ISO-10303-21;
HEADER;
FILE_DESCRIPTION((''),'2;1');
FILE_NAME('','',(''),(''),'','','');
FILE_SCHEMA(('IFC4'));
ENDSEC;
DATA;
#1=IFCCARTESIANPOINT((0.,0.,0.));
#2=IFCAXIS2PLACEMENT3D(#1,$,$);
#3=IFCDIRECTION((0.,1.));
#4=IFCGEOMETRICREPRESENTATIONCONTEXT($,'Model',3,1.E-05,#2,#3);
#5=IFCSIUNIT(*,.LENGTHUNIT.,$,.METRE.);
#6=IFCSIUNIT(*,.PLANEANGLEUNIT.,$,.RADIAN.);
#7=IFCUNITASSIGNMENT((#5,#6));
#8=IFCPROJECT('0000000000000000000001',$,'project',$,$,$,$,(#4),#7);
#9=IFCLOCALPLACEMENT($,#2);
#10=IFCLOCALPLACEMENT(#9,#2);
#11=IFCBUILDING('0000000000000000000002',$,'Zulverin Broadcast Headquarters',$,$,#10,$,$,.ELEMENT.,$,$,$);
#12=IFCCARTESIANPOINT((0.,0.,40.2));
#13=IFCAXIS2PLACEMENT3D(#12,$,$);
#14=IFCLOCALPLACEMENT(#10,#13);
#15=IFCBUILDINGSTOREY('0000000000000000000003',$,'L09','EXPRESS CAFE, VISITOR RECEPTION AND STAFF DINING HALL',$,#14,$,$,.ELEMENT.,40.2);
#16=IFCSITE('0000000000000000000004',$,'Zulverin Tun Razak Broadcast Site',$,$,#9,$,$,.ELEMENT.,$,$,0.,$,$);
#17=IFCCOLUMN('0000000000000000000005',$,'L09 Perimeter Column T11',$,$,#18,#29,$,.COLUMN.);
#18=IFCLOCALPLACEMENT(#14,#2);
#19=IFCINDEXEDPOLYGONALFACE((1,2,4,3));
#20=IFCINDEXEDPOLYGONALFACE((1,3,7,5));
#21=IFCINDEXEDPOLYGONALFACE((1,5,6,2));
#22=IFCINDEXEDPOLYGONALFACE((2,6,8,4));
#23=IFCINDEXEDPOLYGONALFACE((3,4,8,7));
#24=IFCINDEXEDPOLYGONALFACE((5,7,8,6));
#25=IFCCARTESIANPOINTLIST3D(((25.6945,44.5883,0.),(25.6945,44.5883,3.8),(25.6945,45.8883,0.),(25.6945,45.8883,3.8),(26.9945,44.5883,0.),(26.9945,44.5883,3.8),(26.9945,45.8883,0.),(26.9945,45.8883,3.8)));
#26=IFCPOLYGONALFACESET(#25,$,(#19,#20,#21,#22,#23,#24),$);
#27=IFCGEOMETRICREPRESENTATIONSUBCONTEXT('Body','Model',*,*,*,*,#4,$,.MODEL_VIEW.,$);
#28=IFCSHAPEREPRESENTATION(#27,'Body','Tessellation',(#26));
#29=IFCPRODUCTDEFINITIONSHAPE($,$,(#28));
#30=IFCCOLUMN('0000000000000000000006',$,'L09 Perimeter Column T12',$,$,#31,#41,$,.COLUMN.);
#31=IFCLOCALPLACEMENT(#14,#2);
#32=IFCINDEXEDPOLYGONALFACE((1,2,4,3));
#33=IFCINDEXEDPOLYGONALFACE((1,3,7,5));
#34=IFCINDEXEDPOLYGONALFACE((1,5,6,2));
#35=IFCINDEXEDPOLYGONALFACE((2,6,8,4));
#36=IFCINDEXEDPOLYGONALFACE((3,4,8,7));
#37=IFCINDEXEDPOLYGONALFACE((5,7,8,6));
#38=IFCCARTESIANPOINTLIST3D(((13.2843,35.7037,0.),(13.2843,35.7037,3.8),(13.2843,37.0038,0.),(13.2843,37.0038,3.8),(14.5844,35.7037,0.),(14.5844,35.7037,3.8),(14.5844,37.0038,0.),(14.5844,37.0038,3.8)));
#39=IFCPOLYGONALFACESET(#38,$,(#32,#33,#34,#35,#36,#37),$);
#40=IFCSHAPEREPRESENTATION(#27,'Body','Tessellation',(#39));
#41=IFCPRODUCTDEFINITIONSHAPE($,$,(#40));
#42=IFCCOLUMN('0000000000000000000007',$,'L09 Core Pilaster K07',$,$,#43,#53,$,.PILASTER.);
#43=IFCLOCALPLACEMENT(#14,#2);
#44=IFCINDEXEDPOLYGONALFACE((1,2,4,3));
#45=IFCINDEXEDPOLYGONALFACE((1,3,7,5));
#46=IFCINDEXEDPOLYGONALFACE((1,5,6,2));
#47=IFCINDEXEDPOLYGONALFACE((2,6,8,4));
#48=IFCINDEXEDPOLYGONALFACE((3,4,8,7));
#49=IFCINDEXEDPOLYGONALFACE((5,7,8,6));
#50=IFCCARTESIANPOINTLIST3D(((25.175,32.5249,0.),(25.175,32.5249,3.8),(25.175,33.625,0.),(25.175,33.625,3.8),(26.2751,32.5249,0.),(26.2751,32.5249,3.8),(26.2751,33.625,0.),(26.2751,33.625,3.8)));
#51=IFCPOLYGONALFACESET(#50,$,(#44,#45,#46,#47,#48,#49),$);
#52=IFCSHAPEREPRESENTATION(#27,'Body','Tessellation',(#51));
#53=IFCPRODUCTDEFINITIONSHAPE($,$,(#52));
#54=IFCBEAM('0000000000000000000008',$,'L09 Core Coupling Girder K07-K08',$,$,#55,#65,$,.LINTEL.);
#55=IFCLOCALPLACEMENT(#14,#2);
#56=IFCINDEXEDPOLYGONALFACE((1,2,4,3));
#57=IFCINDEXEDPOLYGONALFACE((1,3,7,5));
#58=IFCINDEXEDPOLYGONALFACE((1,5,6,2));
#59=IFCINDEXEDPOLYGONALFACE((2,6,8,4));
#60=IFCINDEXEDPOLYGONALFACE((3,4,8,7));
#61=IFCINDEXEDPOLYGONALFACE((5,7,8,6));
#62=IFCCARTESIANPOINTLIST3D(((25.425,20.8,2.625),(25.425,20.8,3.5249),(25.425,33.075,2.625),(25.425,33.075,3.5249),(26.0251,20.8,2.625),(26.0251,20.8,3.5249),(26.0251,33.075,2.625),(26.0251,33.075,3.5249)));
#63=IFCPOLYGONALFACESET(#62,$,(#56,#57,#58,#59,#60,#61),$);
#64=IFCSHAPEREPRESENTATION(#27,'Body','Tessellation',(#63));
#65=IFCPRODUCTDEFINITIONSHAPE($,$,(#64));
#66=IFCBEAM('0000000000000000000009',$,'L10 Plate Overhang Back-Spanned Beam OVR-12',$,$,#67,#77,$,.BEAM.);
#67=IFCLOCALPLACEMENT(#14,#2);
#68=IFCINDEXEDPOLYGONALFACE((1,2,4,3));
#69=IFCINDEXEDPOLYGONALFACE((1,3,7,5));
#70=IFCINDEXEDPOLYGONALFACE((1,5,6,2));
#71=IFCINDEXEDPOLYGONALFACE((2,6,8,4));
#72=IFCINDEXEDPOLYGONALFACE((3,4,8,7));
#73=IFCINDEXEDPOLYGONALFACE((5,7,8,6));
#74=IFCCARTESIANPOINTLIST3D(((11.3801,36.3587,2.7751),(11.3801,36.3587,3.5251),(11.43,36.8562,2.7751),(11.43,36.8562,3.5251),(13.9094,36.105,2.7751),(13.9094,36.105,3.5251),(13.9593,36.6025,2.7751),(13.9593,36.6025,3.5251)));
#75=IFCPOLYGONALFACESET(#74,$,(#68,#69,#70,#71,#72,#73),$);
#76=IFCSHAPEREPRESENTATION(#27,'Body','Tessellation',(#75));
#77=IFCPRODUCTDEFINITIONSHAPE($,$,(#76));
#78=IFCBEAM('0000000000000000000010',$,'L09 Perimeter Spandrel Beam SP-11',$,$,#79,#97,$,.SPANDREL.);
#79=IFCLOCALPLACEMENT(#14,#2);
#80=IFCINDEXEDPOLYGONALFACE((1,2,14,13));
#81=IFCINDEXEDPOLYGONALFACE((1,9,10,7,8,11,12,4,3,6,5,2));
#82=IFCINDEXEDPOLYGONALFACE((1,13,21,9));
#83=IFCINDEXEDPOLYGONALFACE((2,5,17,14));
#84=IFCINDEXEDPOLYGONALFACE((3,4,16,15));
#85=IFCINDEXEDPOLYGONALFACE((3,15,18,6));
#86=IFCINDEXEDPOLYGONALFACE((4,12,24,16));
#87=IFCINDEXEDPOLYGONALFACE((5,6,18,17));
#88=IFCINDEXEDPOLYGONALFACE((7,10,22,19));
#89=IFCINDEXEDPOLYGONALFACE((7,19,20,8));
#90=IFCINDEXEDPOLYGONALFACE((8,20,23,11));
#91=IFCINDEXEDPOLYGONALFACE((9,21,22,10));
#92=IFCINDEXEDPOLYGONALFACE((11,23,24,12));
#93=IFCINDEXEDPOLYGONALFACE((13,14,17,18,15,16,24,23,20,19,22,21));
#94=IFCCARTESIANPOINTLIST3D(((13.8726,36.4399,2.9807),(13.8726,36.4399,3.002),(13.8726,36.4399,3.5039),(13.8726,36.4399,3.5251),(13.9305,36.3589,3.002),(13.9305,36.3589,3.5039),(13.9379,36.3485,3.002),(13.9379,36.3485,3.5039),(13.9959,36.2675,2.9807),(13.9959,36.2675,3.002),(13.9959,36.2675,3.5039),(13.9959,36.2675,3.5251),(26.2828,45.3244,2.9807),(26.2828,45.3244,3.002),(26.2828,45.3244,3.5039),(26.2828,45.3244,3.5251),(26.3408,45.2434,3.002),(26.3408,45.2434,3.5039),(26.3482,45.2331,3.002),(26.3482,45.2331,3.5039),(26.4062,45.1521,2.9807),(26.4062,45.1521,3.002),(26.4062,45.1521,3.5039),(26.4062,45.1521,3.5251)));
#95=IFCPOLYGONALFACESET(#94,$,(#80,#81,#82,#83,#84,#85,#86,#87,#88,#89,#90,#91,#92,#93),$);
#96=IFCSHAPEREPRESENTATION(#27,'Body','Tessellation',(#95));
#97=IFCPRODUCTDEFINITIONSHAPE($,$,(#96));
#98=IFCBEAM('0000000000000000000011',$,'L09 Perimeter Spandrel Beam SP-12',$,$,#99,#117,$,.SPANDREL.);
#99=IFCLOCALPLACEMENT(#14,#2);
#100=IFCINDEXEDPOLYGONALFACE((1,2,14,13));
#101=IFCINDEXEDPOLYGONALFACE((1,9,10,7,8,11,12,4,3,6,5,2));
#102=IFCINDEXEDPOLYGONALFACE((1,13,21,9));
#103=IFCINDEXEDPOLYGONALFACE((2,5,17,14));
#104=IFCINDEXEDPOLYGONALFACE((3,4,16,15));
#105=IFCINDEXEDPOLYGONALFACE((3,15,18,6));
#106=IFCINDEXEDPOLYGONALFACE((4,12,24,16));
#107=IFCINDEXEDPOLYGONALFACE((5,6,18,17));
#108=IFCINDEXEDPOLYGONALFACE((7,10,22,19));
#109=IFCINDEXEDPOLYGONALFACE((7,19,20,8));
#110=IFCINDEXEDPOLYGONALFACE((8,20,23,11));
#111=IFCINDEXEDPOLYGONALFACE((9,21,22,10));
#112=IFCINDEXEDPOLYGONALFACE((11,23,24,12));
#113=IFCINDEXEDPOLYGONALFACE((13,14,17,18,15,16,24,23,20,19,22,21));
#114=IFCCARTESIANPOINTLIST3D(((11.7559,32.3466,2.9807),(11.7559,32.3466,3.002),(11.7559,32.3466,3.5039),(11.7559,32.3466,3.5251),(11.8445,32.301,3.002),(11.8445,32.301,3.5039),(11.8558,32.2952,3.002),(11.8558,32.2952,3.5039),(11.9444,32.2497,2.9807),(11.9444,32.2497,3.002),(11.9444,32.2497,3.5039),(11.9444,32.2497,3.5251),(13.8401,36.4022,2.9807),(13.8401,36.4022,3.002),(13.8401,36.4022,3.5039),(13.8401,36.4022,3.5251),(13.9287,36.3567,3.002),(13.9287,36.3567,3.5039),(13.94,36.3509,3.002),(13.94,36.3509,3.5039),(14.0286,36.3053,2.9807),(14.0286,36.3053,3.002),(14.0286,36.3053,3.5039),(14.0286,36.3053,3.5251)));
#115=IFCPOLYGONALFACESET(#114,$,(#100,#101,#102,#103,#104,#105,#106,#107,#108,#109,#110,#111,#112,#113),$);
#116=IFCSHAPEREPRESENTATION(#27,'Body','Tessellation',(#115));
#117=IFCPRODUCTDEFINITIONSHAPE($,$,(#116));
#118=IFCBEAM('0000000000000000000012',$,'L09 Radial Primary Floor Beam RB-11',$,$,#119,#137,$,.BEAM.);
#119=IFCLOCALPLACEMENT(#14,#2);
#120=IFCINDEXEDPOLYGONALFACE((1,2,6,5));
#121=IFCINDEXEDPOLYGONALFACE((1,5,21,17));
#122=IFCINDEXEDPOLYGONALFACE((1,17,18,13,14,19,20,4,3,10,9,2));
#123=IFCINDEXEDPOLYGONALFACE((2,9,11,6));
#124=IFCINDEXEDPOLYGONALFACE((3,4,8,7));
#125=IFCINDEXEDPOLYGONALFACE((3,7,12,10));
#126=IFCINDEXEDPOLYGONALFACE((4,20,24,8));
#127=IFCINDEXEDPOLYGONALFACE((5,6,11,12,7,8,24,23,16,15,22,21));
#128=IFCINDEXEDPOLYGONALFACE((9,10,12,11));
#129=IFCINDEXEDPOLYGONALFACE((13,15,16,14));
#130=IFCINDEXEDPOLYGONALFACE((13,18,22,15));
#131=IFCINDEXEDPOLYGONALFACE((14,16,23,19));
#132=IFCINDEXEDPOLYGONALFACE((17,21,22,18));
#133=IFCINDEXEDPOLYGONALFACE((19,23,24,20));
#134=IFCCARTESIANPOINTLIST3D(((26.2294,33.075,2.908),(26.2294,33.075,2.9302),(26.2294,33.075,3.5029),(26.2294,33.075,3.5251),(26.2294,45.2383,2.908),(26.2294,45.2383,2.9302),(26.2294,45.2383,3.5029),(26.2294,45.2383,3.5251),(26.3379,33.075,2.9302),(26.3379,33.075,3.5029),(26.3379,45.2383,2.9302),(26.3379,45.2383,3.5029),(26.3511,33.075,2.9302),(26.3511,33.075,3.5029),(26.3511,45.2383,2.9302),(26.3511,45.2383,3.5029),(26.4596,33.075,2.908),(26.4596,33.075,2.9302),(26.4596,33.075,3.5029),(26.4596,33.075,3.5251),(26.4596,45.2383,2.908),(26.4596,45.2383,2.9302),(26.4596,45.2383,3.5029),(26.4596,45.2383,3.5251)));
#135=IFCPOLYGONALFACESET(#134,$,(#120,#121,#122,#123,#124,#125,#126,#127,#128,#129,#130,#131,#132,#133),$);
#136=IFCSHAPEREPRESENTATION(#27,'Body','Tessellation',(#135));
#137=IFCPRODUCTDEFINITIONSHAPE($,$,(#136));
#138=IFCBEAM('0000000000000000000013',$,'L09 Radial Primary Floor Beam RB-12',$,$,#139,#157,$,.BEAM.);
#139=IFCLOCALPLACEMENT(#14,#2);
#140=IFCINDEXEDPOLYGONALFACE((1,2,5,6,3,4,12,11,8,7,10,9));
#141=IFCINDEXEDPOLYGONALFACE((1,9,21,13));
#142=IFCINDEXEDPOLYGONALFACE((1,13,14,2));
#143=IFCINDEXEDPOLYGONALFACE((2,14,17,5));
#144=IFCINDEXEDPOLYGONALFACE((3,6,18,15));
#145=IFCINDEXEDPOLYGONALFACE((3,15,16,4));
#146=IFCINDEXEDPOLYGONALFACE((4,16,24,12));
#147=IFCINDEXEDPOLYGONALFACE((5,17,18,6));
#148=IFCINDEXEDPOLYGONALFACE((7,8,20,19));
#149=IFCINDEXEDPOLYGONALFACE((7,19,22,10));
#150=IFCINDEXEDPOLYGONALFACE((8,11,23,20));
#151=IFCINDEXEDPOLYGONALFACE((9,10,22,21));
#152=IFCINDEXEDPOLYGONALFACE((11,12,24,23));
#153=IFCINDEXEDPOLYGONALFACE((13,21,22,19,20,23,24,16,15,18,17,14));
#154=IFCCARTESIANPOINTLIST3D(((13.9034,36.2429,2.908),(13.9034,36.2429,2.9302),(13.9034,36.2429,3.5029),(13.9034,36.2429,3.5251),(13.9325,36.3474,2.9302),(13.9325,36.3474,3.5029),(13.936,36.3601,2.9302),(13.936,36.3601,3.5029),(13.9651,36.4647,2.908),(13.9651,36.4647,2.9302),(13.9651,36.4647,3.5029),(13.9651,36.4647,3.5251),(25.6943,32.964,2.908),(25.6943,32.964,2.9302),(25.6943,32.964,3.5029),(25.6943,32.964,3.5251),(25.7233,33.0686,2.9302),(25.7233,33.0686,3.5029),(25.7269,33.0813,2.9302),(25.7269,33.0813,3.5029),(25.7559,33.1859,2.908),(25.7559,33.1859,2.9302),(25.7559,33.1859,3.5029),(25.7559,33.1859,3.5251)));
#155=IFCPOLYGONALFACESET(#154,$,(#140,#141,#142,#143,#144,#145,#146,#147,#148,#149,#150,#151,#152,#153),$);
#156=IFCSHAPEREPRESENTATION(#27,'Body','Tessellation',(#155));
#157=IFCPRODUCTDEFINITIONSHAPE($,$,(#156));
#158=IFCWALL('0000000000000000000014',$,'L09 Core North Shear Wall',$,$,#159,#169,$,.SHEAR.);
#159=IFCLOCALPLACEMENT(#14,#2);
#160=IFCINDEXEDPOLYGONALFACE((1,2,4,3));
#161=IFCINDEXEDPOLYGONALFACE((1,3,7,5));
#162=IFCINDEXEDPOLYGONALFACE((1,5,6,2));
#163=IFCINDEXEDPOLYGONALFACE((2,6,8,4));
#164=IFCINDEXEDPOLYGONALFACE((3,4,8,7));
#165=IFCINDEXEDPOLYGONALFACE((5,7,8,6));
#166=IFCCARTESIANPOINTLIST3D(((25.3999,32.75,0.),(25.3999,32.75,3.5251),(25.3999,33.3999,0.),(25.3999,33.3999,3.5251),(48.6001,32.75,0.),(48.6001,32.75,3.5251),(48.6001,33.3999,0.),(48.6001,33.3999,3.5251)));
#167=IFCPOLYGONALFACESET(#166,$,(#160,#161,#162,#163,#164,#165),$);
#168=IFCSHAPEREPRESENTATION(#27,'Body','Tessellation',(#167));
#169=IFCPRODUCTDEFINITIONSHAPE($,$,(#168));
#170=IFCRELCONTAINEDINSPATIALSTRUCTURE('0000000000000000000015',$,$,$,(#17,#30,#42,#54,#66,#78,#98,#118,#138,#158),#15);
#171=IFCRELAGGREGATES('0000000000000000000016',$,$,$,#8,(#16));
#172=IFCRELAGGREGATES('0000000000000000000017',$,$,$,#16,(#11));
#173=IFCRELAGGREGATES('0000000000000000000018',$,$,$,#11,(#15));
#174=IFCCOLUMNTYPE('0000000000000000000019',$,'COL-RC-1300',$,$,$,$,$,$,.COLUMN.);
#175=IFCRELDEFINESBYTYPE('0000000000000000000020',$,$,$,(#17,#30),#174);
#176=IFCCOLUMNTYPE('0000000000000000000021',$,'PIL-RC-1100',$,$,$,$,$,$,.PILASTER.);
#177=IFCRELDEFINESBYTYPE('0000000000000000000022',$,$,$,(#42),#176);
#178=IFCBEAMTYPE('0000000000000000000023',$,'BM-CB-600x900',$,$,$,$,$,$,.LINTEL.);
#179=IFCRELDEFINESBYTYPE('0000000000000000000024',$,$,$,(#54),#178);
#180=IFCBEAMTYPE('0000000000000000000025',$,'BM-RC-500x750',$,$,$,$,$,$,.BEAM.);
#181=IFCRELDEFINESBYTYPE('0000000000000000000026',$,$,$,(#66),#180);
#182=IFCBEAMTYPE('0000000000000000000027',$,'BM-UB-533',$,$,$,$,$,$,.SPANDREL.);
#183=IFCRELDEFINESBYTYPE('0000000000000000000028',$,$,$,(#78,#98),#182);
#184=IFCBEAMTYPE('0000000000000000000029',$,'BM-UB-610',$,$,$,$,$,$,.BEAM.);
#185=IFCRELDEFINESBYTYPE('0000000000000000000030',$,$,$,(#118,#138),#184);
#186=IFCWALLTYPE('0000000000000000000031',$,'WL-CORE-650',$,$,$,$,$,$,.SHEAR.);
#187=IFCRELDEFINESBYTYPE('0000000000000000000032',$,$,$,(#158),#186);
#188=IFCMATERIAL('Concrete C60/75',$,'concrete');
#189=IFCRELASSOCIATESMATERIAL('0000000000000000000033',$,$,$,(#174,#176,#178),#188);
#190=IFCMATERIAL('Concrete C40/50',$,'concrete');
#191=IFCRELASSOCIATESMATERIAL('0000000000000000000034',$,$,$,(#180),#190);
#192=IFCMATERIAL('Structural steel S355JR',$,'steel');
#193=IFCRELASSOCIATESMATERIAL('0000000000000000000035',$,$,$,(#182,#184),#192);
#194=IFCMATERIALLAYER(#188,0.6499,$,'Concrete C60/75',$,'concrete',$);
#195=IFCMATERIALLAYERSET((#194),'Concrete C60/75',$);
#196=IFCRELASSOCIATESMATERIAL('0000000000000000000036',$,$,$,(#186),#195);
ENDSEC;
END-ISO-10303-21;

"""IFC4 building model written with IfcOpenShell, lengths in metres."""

from ifc_helpers import new_model, si_unit, direction, frame, frame_2d, origin, origin_2d, place, context, subcontext, project, spatial, rectangle, i_section, extrude, material, layer, layer_set, material_profile, profile_set, type_object, element, save


model = new_model("IFC4")

# Units and contexts
model_context = context("Model", 3, precision=1e-05, world=origin(), true_north=direction((0.0, 1.0)))
body_context = subcontext(model_context, "Body", "Model", "MODEL_VIEW")
ifc_project = project(units=[si_unit("LENGTHUNIT", "METRE"), si_unit("PLANEANGLEUNIT", "RADIAN")], contexts=[model_context])

# Site, building, storey
site_placement = place(None, origin())
site = spatial("IfcSite", under=ifc_project, at=site_placement, Name="Zulverin Tun Razak Broadcast Site", CompositionType="ELEMENT", RefElevation=0.0)
building_placement = place(site_placement, origin())
building = spatial("IfcBuilding", under=site, at=building_placement, Name="Zulverin Broadcast Headquarters", CompositionType="ELEMENT")
storey_placement = place(building_placement, frame((0.0, 0.0, 40.2)))
storey = spatial("IfcBuildingStorey", under=building, at=storey_placement, Name="L09", Description="EXPRESS CAFE, VISITOR RECEPTION AND STAFF DINING HALL", CompositionType="ELEMENT", Elevation=40.2)

# Columns
ifc_material_1 = material(Name="Concrete C60/75", Category="concrete")
ifc_material_profile_1 = material_profile(ifc_material_1, rectangle(XDim=1.3, YDim=1.3, at=origin_2d()), Name="Concrete C60/75", Category="concrete")
ifc_profile_set_1 = profile_set([ifc_material_profile_1], Name="Concrete C60/75")
column_type_1 = type_object("IfcColumnType", Name="COL-RC-1300", PredefinedType="COLUMN", material=ifc_profile_set_1)
for number, where, z_axis, x_axis, name in (
    (1, (26.3445, 45.2383, 0.0), (0.0, 0.0, 1.0), (1.0, 0.0, 0.0), "L09 Perimeter Column T11"),
    (2, (13.9343, 36.3538, 0.0), (0.0, 0.0, 1.0), (1.0, 0.0, 0.0), "L09 Perimeter Column T12"),
):
    element("IfcColumn", number, at=place(storey_placement, frame(where, z_axis=z_axis, x_axis=x_axis)), inside=storey, type_object=column_type_1, Name=name, PredefinedType="COLUMN", context=body_context, shape_type="SweptSolid", body=[
        extrude(rectangle(XDim=1.3, YDim=1.3, at=origin_2d()), origin(), (0.0, 0.0, 1.0), 3.8),
    ])
ifc_material_profile_2 = material_profile(ifc_material_1, rectangle(XDim=1.1001, YDim=1.1001, at=origin_2d()), Name="Concrete C60/75", Category="concrete")
ifc_profile_set_2 = profile_set([ifc_material_profile_2], Name="Concrete C60/75")
column_type_2 = type_object("IfcColumnType", Name="PIL-RC-1100", PredefinedType="PILASTER", material=ifc_profile_set_2)
column_placement = place(storey_placement, frame((25.7251, 33.075, 0.0), z_axis=(0.0, 0.0, 1.0), x_axis=(1.0, 0.0, 0.0)))
element("IfcColumn", 3, at=column_placement, inside=storey, type_object=column_type_2, Name="L09 Core Pilaster K07", PredefinedType="PILASTER", context=body_context, shape_type="SweptSolid", body=[
    extrude(rectangle(XDim=1.1001, YDim=1.1001, at=origin_2d()), origin(), (0.0, 0.0, 1.0), 3.8),
])

# Beams
ifc_material_profile_3 = material_profile(ifc_material_1, rectangle(XDim=0.6001, YDim=0.8999, at=origin_2d()), Name="Concrete C60/75", Category="concrete")
ifc_profile_set_3 = profile_set([ifc_material_profile_3], Name="Concrete C60/75")
beam_type_1 = type_object("IfcBeamType", Name="BM-CB-600x900", PredefinedType="LINTEL", material=ifc_profile_set_3)
beam_1_placement = place(storey_placement, frame((25.7251, 33.075, 3.075), z_axis=(0.0, -1.0, 0.0), x_axis=(1.0, 0.0, 0.0)))
element("IfcBeam", 4, at=beam_1_placement, inside=storey, type_object=beam_type_1, Name="L09 Core Coupling Girder K07-K08", PredefinedType="LINTEL", context=body_context, shape_type="SweptSolid", body=[
    extrude(rectangle(XDim=0.6001, YDim=0.8999, at=origin_2d()), origin(), (0.0, 0.0, 1.0), 12.2749),
])
ifc_material_2 = material(Name="Concrete C40/50", Category="concrete")
ifc_material_profile_4 = material_profile(ifc_material_2, rectangle(XDim=0.5, YDim=0.75, at=origin_2d()), Name="Concrete C40/50", Category="concrete")
ifc_profile_set_4 = profile_set([ifc_material_profile_4], Name="Concrete C40/50")
beam_type_2 = type_object("IfcBeamType", Name="BM-RC-500x750", PredefinedType="BEAM", material=ifc_profile_set_4)
beam_2_placement = place(storey_placement, frame((13.9343, 36.3538, 3.1501), z_axis=(-0.995009, 0.099789, 0.0), x_axis=(-0.099789, -0.995009, 0.0)))
element("IfcBeam", 5, at=beam_2_placement, inside=storey, type_object=beam_type_2, Name="L10 Plate Overhang Back-Spanned Beam OVR-12", PredefinedType="BEAM", context=body_context, shape_type="SweptSolid", body=[
    extrude(rectangle(XDim=0.5, YDim=0.75, at=origin_2d()), origin(), (0.0, 0.0, 1.0), 2.542),
])
ifc_material_3 = material(Name="Structural steel S355JR", Category="steel")
ifc_material_profile_5 = material_profile(ifc_material_3, i_section(OverallWidth=0.2119, OverallDepth=0.5444, WebThickness=0.0127, FlangeThickness=0.0212, at=origin_2d()), Name="Structural steel S355JR", Category="steel")
ifc_profile_set_5 = profile_set([ifc_material_profile_5], Name="Structural steel S355JR")
beam_type_3 = type_object("IfcBeamType", Name="BM-UB-533", PredefinedType="SPANDREL", material=ifc_profile_set_5)
beam_3_placement = place(storey_placement, frame((26.3445, 45.2383, 3.2529), z_axis=(-0.813109, -0.582111, 0.0), x_axis=(0.582111, -0.813109, 0.0)))
element("IfcBeam", 6, at=beam_3_placement, inside=storey, type_object=beam_type_3, Name="L09 Perimeter Spandrel Beam SP-11", PredefinedType="SPANDREL", context=body_context, shape_type="SweptSolid", body=[
    extrude(i_section(OverallWidth=0.2119, OverallDepth=0.5444, WebThickness=0.0127, FlangeThickness=0.0212, at=origin_2d()), origin(), (0.0, 0.0, 1.0), 15.2627),
])
beam_4_placement = place(storey_placement, frame((13.9343, 36.3538, 3.2529), z_axis=(-0.457081, -0.889425, 0.0), x_axis=(0.889425, -0.457081, 0.0)))
element("IfcBeam", 7, at=beam_4_placement, inside=storey, type_object=beam_type_3, Name="L09 Perimeter Spandrel Beam SP-12", PredefinedType="SPANDREL", context=body_context, shape_type="SweptSolid", body=[
    extrude(i_section(OverallWidth=0.2119, OverallDepth=0.5444, WebThickness=0.0127, FlangeThickness=0.0212, at=origin_2d()), origin(), (0.0, 0.0, 1.0), 4.5598),
])
ifc_material_profile_6 = material_profile(ifc_material_3, i_section(OverallWidth=0.2302, OverallDepth=0.6172, WebThickness=0.0132, FlangeThickness=0.0222, at=origin_2d()), Name="Structural steel S355JR", Category="steel")
ifc_profile_set_6 = profile_set([ifc_material_profile_6], Name="Structural steel S355JR")
beam_type_4 = type_object("IfcBeamType", Name="BM-UB-610", PredefinedType="BEAM", material=ifc_profile_set_6)
beam_5_placement = place(storey_placement, frame((26.3445, 33.075, 3.2166), z_axis=(0.0, 1.0, 0.0), x_axis=(-1.0, 0.0, 0.0)))
element("IfcBeam", 8, at=beam_5_placement, inside=storey, type_object=beam_type_4, Name="L09 Radial Primary Floor Beam RB-11", PredefinedType="BEAM", context=body_context, shape_type="SweptSolid", body=[
    extrude(i_section(OverallWidth=0.2302, OverallDepth=0.6172, WebThickness=0.0132, FlangeThickness=0.0222, at=origin_2d()), origin(), (0.0, 0.0, 1.0), 12.1633),
])
beam_6_placement = place(storey_placement, frame((25.7251, 33.075, 3.2166), z_axis=(-0.963442, 0.267917, 0.0), x_axis=(-0.267917, -0.963442, 0.0)))
element("IfcBeam", 9, at=beam_6_placement, inside=storey, type_object=beam_type_4, Name="L09 Radial Primary Floor Beam RB-12", PredefinedType="BEAM", context=body_context, shape_type="SweptSolid", body=[
    extrude(i_section(OverallWidth=0.2302, OverallDepth=0.6172, WebThickness=0.0132, FlangeThickness=0.0222, at=origin_2d()), origin(), (0.0, 0.0, 1.0), 12.2383),
])

# Wall
ifc_layer_1 = layer(ifc_material_1, 0.6499, Name="Concrete C60/75", Category="concrete")
ifc_layer_set_1 = layer_set([ifc_layer_1], Name="Concrete C60/75")
wall_type_1 = type_object("IfcWallType", Name="WL-CORE-650", PredefinedType="SHEAR", material=ifc_layer_set_1)
wall_1_placement = place(storey_placement, frame((25.3999, 33.075, 0.0), z_axis=(0.0, 0.0, 1.0), x_axis=(1.0, 0.0, 0.0)))
element("IfcWall", 10, at=wall_1_placement, inside=storey, type_object=wall_type_1, Name="L09 Core North Shear Wall", PredefinedType="SHEAR", context=body_context, shape_type="SweptSolid", body=[
    extrude(rectangle(XDim=23.2002, YDim=0.6499, at=frame_2d((11.6001, 0.0))), origin(), (0.0, 0.0, 1.0), 3.5251),
])

save(model, "model.ifc")
